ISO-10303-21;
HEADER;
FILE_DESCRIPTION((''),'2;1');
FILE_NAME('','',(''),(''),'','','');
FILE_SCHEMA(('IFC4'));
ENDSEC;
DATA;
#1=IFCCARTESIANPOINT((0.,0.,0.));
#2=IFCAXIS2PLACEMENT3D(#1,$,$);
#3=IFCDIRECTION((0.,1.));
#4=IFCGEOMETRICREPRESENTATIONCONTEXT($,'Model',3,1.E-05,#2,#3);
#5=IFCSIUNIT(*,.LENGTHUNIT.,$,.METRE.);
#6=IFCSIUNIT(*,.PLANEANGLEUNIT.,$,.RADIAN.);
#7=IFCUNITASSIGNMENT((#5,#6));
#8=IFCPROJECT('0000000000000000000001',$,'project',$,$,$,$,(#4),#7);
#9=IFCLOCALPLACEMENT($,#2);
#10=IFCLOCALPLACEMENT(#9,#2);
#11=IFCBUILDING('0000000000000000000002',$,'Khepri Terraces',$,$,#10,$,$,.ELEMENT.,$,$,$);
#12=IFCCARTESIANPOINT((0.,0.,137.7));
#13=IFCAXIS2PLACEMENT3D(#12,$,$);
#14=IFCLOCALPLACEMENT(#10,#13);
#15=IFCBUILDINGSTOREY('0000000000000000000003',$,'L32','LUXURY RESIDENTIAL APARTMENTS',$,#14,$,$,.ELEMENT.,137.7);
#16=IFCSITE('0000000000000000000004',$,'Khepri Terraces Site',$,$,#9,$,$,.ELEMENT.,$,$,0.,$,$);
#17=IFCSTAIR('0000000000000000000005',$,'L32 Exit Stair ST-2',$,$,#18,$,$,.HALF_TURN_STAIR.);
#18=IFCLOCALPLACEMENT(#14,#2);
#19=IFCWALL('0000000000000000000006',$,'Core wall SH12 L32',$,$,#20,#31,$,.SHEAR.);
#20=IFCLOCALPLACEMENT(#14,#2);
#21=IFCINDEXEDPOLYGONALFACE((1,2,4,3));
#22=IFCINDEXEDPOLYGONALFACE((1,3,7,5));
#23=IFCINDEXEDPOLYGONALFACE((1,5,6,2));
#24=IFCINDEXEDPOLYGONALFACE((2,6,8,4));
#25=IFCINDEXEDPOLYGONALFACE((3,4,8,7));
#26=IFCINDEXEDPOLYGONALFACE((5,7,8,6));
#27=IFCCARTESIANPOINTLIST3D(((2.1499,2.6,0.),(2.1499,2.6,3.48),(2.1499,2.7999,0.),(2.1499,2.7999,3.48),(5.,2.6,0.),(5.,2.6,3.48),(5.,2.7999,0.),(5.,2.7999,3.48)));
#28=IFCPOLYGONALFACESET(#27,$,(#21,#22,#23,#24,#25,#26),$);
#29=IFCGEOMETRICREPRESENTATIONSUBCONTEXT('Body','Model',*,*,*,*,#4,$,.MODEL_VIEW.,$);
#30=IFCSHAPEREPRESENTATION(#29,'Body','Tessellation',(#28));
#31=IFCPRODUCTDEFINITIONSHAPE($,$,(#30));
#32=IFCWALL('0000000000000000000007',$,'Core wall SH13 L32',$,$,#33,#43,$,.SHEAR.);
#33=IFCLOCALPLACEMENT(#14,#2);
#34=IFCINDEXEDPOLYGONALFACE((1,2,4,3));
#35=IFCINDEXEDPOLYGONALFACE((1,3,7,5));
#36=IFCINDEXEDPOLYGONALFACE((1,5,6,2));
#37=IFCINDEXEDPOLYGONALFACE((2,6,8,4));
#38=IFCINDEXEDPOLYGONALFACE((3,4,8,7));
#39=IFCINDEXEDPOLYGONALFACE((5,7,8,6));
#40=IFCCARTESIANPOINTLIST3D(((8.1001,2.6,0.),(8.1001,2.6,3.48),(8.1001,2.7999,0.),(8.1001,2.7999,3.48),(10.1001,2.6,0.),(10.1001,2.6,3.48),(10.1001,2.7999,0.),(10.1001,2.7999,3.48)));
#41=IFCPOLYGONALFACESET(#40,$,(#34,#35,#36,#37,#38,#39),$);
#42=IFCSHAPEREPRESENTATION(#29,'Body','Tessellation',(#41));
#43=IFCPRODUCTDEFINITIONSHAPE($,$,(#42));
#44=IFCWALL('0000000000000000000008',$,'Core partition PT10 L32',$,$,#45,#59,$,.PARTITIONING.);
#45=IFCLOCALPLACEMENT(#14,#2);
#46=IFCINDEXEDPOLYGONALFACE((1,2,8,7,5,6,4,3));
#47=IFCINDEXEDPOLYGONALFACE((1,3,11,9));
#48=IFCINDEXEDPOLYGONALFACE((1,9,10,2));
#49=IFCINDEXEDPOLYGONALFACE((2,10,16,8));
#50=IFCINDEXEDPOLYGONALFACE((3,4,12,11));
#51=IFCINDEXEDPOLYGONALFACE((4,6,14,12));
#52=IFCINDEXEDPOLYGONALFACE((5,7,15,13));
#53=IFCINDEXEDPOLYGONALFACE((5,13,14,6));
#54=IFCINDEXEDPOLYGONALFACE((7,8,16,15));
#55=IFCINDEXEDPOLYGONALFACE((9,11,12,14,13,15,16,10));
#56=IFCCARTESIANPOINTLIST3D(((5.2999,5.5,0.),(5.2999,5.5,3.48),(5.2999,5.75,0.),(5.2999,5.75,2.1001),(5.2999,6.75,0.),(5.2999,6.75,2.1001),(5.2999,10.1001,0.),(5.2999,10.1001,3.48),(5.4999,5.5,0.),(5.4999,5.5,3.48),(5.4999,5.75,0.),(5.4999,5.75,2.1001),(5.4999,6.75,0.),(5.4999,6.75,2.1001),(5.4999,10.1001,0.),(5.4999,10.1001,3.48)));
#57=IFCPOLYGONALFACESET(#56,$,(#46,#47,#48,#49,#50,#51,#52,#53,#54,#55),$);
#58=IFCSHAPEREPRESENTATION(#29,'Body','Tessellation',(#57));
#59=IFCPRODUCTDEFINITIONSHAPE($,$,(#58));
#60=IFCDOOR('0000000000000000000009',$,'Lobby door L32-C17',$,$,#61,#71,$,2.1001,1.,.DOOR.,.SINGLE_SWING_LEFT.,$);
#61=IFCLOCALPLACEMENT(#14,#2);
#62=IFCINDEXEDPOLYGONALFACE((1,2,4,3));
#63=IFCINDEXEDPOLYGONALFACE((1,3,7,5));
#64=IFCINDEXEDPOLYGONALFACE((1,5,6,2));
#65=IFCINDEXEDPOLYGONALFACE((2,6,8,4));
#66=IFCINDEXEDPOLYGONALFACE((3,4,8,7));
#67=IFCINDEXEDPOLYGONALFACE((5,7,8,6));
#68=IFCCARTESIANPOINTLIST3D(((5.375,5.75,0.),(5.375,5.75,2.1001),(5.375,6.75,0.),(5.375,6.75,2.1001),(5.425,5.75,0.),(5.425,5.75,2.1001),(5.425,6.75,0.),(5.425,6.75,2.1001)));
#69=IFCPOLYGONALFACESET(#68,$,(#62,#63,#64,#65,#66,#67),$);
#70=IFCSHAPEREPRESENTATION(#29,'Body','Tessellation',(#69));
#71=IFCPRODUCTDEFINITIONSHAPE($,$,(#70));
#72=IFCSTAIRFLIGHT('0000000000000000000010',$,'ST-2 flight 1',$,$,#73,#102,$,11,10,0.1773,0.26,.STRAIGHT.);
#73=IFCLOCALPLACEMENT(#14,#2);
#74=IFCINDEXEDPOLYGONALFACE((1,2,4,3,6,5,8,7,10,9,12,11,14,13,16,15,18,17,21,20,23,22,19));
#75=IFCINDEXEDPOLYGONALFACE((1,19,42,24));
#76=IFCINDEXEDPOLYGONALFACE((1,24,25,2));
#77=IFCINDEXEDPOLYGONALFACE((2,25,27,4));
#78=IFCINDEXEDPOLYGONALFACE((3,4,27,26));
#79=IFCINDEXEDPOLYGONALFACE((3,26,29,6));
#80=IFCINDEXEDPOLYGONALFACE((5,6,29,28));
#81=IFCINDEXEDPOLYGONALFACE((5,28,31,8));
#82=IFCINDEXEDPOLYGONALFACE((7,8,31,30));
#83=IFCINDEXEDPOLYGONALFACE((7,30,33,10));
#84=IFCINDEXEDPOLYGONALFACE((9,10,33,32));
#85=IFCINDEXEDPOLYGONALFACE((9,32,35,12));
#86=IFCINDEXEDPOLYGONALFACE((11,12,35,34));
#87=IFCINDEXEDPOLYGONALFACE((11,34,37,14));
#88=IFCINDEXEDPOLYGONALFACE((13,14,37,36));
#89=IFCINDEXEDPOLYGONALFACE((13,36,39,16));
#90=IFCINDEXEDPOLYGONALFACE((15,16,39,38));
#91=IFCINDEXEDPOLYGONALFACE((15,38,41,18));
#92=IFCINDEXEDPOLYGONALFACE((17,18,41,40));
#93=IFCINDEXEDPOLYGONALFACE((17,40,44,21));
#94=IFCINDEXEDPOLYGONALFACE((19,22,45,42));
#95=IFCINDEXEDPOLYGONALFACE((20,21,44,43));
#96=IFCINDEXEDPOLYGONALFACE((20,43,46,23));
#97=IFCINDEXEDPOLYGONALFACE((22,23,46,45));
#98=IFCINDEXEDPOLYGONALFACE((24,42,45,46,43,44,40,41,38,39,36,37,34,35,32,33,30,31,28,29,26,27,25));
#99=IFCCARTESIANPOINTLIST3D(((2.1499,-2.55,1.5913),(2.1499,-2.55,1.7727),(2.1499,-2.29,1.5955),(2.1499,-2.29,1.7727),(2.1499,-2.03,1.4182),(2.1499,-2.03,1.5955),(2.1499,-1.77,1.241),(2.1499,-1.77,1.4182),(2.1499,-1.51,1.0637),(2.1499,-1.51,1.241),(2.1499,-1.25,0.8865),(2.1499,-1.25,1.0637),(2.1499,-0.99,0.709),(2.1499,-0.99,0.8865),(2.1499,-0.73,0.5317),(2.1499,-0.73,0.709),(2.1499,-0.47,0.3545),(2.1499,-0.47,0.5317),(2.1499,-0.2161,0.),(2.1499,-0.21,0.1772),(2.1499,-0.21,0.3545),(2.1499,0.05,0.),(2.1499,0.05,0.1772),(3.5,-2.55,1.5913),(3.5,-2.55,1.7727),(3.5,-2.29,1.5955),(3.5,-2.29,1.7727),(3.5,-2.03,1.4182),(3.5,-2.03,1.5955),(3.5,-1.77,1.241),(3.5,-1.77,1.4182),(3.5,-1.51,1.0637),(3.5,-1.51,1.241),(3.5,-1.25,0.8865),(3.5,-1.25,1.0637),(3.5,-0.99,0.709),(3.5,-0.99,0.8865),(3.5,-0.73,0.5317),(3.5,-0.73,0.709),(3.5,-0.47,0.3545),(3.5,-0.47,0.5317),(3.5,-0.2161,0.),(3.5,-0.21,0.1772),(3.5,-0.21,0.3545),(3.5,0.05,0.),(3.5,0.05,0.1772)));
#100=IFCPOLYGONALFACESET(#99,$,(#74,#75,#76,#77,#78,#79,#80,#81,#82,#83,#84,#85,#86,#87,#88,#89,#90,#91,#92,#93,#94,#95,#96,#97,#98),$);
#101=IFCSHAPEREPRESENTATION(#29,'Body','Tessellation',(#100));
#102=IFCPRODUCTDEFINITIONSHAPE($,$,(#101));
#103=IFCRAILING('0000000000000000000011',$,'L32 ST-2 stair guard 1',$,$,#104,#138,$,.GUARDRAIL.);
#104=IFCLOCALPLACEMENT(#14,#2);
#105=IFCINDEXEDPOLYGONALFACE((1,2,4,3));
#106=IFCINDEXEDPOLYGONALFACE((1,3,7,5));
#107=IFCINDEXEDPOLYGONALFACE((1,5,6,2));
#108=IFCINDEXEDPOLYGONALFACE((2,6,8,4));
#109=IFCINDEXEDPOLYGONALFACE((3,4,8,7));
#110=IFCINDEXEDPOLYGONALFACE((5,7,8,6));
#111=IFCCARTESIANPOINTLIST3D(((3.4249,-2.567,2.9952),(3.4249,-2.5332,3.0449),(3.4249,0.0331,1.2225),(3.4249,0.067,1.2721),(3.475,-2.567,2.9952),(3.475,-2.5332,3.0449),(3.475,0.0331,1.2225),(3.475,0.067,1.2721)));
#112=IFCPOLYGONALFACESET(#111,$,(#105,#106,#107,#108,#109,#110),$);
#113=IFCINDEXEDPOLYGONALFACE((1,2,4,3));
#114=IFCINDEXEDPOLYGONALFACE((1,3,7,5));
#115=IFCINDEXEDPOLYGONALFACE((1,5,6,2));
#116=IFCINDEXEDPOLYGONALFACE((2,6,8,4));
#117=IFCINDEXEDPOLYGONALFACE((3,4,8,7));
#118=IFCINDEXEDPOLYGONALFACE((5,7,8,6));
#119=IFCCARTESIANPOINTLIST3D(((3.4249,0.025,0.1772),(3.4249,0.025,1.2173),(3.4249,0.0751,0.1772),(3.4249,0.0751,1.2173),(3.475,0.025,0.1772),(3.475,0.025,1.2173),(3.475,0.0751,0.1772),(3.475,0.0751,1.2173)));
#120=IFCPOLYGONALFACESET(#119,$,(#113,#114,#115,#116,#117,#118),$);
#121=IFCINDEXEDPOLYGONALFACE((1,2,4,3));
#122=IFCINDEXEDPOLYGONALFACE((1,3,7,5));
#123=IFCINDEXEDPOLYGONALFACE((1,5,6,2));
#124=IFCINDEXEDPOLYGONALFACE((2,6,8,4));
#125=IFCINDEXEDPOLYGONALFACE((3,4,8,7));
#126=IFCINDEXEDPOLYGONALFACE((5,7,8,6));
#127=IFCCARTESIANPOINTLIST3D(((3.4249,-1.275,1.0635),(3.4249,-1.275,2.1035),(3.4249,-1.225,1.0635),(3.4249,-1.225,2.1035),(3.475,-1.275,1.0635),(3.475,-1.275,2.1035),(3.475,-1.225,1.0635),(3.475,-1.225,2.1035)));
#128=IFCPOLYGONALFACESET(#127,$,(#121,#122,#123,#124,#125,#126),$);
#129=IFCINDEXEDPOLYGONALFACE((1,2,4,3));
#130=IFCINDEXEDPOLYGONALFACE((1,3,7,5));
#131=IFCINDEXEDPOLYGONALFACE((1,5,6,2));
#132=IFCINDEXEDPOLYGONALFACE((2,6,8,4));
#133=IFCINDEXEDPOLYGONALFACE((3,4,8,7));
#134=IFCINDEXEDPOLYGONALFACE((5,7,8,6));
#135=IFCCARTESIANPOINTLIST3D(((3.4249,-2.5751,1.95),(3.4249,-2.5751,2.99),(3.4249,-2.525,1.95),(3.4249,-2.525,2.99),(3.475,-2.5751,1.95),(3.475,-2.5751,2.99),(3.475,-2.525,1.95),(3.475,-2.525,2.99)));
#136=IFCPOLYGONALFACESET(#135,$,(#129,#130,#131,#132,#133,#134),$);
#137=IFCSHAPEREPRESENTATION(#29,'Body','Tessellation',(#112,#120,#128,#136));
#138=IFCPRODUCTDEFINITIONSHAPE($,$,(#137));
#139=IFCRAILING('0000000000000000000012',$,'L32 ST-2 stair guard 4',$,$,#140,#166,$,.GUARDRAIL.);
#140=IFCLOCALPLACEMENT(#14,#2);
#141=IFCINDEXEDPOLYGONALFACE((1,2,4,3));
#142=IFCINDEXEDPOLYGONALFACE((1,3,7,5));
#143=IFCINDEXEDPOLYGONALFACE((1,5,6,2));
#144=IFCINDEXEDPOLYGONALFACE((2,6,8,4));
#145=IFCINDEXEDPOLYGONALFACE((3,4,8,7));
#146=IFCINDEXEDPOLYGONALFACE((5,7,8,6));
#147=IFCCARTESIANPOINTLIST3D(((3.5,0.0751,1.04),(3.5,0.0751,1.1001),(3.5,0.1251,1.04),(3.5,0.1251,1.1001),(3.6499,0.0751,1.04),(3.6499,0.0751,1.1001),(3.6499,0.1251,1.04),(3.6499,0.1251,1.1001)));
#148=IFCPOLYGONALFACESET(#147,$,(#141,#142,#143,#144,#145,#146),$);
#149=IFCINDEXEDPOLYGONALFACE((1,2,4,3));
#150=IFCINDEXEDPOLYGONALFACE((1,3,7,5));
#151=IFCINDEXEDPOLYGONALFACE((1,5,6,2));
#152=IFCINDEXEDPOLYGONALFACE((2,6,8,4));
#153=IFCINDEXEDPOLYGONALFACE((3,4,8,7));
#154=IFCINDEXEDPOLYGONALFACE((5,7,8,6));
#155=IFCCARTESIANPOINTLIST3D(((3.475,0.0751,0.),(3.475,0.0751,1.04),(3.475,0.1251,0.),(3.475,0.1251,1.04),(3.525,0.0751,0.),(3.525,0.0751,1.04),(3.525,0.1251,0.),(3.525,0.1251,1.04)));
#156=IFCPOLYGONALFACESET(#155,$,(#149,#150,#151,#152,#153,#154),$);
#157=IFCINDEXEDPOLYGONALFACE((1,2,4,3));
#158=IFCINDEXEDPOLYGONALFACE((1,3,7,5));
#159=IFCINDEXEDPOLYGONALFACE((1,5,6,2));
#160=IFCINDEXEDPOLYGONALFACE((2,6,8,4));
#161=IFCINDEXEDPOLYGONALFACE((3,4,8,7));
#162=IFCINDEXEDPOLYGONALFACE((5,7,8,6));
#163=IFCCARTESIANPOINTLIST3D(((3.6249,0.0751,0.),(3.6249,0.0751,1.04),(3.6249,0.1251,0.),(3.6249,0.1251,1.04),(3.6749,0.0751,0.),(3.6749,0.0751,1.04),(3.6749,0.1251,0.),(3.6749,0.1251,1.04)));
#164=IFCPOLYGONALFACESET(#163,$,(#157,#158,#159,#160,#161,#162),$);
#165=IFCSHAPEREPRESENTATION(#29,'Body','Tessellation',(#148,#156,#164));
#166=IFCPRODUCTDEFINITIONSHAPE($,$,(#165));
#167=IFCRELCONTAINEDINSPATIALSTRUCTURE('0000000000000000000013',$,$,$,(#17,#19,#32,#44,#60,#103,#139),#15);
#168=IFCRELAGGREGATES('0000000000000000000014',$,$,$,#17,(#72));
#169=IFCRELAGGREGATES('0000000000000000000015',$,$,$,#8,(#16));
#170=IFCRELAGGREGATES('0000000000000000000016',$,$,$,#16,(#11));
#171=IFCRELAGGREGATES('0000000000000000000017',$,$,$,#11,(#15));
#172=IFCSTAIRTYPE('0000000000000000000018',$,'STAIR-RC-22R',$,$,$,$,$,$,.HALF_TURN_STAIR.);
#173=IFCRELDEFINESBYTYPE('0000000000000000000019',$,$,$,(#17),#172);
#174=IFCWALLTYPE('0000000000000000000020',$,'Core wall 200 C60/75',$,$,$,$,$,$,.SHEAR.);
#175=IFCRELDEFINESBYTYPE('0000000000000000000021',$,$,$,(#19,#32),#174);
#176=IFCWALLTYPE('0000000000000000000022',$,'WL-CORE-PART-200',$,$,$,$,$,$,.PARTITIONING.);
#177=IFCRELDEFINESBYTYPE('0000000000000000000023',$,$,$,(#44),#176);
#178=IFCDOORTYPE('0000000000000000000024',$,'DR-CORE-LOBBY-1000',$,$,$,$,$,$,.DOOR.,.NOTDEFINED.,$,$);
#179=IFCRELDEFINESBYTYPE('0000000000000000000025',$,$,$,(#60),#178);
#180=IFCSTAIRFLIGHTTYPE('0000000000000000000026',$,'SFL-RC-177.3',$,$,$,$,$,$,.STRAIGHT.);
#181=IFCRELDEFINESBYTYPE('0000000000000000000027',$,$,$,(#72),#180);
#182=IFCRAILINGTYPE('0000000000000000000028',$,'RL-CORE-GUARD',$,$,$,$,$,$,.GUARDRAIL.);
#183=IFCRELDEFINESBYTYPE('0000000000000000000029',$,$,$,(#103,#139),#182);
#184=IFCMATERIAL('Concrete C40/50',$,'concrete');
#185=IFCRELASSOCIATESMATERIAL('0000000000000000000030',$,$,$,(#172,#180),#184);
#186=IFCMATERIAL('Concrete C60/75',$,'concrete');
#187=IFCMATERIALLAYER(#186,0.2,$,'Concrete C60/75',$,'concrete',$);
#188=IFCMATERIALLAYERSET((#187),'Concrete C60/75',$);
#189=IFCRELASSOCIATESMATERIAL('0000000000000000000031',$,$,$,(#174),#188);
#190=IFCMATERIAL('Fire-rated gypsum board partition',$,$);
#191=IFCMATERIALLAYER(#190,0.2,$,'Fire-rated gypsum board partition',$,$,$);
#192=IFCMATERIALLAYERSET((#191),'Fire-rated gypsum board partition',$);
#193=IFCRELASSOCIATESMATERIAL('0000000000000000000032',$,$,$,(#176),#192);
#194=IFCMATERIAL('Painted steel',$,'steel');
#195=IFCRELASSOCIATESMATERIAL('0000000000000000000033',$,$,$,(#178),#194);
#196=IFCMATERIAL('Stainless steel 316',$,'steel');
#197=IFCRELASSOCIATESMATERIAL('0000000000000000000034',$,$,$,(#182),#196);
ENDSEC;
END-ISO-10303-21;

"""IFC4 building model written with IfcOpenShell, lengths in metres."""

from ifc_helpers import new_model, si_unit, direction, frame, frame_2d, origin, origin_2d, place, context, subcontext, project, spatial, polyline, rectangle, outline, extrude, material, layer, layer_set, type_object, element, fill, aggregate, save


model = new_model("IFC4")

# Units and contexts
model_context = context("Model", 3, precision=1e-05, world=origin(), true_north=direction((0.0, 1.0)))
body_context = subcontext(model_context, "Body", "Model", "MODEL_VIEW")
ifc_project = project(units=[si_unit("LENGTHUNIT", "METRE"), si_unit("PLANEANGLEUNIT", "RADIAN")], contexts=[model_context])

# Site, building, storey
site_placement = place(None, origin())
site = spatial("IfcSite", under=ifc_project, at=site_placement, Name="Khepri Terraces Site", CompositionType="ELEMENT", RefElevation=0.0)
building_placement = place(site_placement, origin())
building = spatial("IfcBuilding", under=site, at=building_placement, Name="Khepri Terraces", CompositionType="ELEMENT")
storey_placement = place(building_placement, frame((0.0, 0.0, 137.7)))
storey = spatial("IfcBuildingStorey", under=building, at=storey_placement, Name="L32", Description="LUXURY RESIDENTIAL APARTMENTS", CompositionType="ELEMENT", Elevation=137.7)

# Shared definitions
ifc_material_1 = material(Name="Concrete C40/50", Category="concrete")
stair_type = type_object("IfcStairType", Name="STAIR-RC-22R", PredefinedType="HALF_TURN_STAIR", material=ifc_material_1)

# Stair
stair_1_placement = place(storey_placement, origin())
stair_1 = element("IfcStair", 1, at=stair_1_placement, inside=storey, type_object=stair_type, Name="L32 Exit Stair ST-2", PredefinedType="HALF_TURN_STAIR")

# Shared definitions
ifc_material_2 = material(Name="Concrete C60/75", Category="concrete")
ifc_layer_1 = layer(ifc_material_2, 0.2, Name="Concrete C60/75", Category="concrete")
ifc_layer_set_1 = layer_set([ifc_layer_1], Name="Concrete C60/75")
wall_type_1 = type_object("IfcWallType", Name="Core wall 200 C60/75", PredefinedType="SHEAR", material=ifc_layer_set_1)

# Shared definitions
ifc_material_3 = material(Name="Painted steel", Category="steel")

# Walls
wall_1_placement = place(storey_placement, frame((2.1499, 2.7, 0.0), z_axis=(0.0, 0.0, 1.0), x_axis=(1.0, 0.0, 0.0)))
element("IfcWall", 2, at=wall_1_placement, inside=storey, type_object=wall_type_1, Name="Core wall SH12 L32", PredefinedType="SHEAR", context=body_context, shape_type="SweptSolid", body=[
    extrude(rectangle(XDim=2.8501, YDim=0.2, at=frame_2d((1.425, 0.0))), origin(), (0.0, 0.0, 1.0), 3.48),
])
wall_2_placement = place(storey_placement, frame((8.1001, 2.7, 0.0), z_axis=(0.0, 0.0, 1.0), x_axis=(1.0, 0.0, 0.0)))
element("IfcWall", 3, at=wall_2_placement, inside=storey, type_object=wall_type_1, Name="Core wall SH13 L32", PredefinedType="SHEAR", context=body_context, shape_type="SweptSolid", body=[
    extrude(rectangle(XDim=2.0, YDim=0.2, at=frame_2d((1.0, 0.0))), origin(), (0.0, 0.0, 1.0), 3.48),
])

# Wall, opening, door
ifc_material_4 = material(Name="Fire-rated gypsum board partition")
ifc_layer_2 = layer(ifc_material_4, 0.2, Name="Fire-rated gypsum board partition")
ifc_layer_set_2 = layer_set([ifc_layer_2], Name="Fire-rated gypsum board partition")
wall_type_2 = type_object("IfcWallType", Name="WL-CORE-PART-200", PredefinedType="PARTITIONING", material=ifc_layer_set_2)
wall_3_placement = place(storey_placement, frame((5.3999, 5.5, 0.0), z_axis=(0.0, 0.0, 1.0), x_axis=(0.0, 1.0, 0.0)))
wall_3 = element("IfcWall", 4, at=wall_3_placement, inside=storey, type_object=wall_type_2, Name="Core partition PT10 L32", PredefinedType="PARTITIONING", context=body_context, shape_type="SweptSolid", body=[
    extrude(rectangle(XDim=4.6001, YDim=0.2, at=frame_2d((2.3, 0.0))), origin(), (0.0, 0.0, 1.0), 3.48),
])
opening_1_placement = place(wall_3_placement, frame((0.25, 0.0, 0.0)))
opening_1 = element("IfcOpeningElement", 5, at=opening_1_placement, cuts=wall_3, PredefinedType="OPENING", context=body_context, shape_type="SweptSolid", body=[
    extrude(rectangle(XDim=1.0, YDim=2.1001, at=frame_2d((0.5, 1.05))), frame((0.0, 0.1099, 0.0), z_axis=(0.0, -1.0, 0.0), x_axis=(1.0, 0.0, 0.0)), (0.0, 0.0, 1.0), 0.22),
])
door_type_1 = type_object("IfcDoorType", Name="DR-CORE-LOBBY-1000", OperationType="NOTDEFINED", PredefinedType="DOOR", material=ifc_material_3)
door_1_placement = place(opening_1_placement, origin())
door_1 = element("IfcDoor", 6, at=door_1_placement, inside=storey, type_object=door_type_1, Name="Lobby door L32-C17", OperationType="SINGLE_SWING_LEFT", OverallHeight=2.1001, OverallWidth=1.0, PredefinedType="DOOR", context=body_context, shape_type="SweptSolid", body=[
    extrude(rectangle(XDim=1.0, YDim=2.1001, at=frame_2d((0.5, 1.05))), frame((0.0, 0.0249, 0.0), z_axis=(0.0, -1.0, 0.0), x_axis=(1.0, 0.0, 0.0)), (0.0, 0.0, 1.0), 0.05),
])
fill(opening_1, door_1)

# Stair flight
stair_flight_type = type_object("IfcStairFlightType", Name="SFL-RC-177.3", PredefinedType="STRAIGHT", material=ifc_material_1)
stair_flight_placement = place(storey_placement, frame((2.825, 0.05, 0.0), z_axis=(0.0, 0.0, 1.0), x_axis=(0.0, -1.0, 0.0)))
stair_flight = element("IfcStairFlight", 7, at=stair_flight_placement, type_object=stair_flight_type, Name="ST-2 flight 1", NumberOfRisers=11, NumberOfTreads=10, PredefinedType="STRAIGHT", RiserHeight=0.1773, TreadLength=0.26, context=body_context, shape_type="SweptSolid", body=[
    extrude(outline(polyline([(0.0, 0.0), (0.0, 0.1772), (0.26, 0.1772), (0.26, 0.3545), (0.52, 0.3545), (0.52, 0.5317), (0.78, 0.5317), (0.78, 0.709), (1.04, 0.709), (1.04, 0.8865), (1.3, 0.8865), (1.3, 1.0637), (1.5601, 1.0637), (1.5601, 1.241), (1.8201, 1.241), (1.8201, 1.4182), (2.0801, 1.4182), (2.0801, 1.5955), (2.3401, 1.5955), (2.3401, 1.7727), (2.6001, 1.7727), (2.6001, 1.95), (2.6001, 1.5913), (0.2661, 0.0), (0.0, 0.0)])), frame((0.0, 0.675, 0.0), z_axis=(0.0, -1.0, 0.0), x_axis=(1.0, 0.0, 0.0)), (0.0, 0.0, 1.0), 1.3501),
])
aggregate(stair_1, [stair_flight])

# Railings
ifc_material_5 = material(Name="Stainless steel 316", Category="steel")
railing_type_1 = type_object("IfcRailingType", Name="RL-CORE-GUARD", PredefinedType="GUARDRAIL", material=ifc_material_5)
railing_1_placement = place(storey_placement, frame((3.45, 0.05, 0.1772)))
element("IfcRailing", 8, at=railing_1_placement, inside=storey, type_object=railing_type_1, Name="L32 ST-2 stair guard 1", PredefinedType="GUARDRAIL", context=body_context, shape_type="SweptSolid", body=[
    extrude(rectangle(XDim=0.05, YDim=0.0601, at=origin_2d()), frame((0.0, 0.0, 1.0701), z_axis=(0.0, -0.82624, 0.563318), x_axis=(1.0, 0.0, 0.0)), (0.0, 0.0, 1.0), 3.147),
    extrude(rectangle(XDim=0.05, YDim=0.05, at=origin_2d()), origin(), (0.0, 0.0, 1.0), 1.04),
    extrude(rectangle(XDim=0.05, YDim=0.05, at=origin_2d()), frame((0.0, -1.3, 0.8862)), (0.0, 0.0, 1.0), 1.04),
    extrude(rectangle(XDim=0.05, YDim=0.05, at=origin_2d()), frame((0.0, -2.6001, 1.7727)), (0.0, 0.0, 1.0), 1.04),
])
railing_2_placement = place(storey_placement, frame((3.5, 0.1001, 0.0)))
element("IfcRailing", 9, at=railing_2_placement, inside=storey, type_object=railing_type_1, Name="L32 ST-2 stair guard 4", PredefinedType="GUARDRAIL", context=body_context, shape_type="SweptSolid", body=[
    extrude(rectangle(XDim=0.05, YDim=0.0601, at=origin_2d()), frame((0.0, 0.0, 1.0701), z_axis=(1.0, 0.0, 0.0), x_axis=(0.0, 1.0, 0.0)), (0.0, 0.0, 1.0), 0.1499),
    extrude(rectangle(XDim=0.05, YDim=0.05, at=origin_2d()), origin(), (0.0, 0.0, 1.0), 1.04),
    extrude(rectangle(XDim=0.05, YDim=0.05, at=origin_2d()), frame((0.1499, 0.0, 0.0)), (0.0, 0.0, 1.0), 1.04),
])

save(model, "model.ifc")
